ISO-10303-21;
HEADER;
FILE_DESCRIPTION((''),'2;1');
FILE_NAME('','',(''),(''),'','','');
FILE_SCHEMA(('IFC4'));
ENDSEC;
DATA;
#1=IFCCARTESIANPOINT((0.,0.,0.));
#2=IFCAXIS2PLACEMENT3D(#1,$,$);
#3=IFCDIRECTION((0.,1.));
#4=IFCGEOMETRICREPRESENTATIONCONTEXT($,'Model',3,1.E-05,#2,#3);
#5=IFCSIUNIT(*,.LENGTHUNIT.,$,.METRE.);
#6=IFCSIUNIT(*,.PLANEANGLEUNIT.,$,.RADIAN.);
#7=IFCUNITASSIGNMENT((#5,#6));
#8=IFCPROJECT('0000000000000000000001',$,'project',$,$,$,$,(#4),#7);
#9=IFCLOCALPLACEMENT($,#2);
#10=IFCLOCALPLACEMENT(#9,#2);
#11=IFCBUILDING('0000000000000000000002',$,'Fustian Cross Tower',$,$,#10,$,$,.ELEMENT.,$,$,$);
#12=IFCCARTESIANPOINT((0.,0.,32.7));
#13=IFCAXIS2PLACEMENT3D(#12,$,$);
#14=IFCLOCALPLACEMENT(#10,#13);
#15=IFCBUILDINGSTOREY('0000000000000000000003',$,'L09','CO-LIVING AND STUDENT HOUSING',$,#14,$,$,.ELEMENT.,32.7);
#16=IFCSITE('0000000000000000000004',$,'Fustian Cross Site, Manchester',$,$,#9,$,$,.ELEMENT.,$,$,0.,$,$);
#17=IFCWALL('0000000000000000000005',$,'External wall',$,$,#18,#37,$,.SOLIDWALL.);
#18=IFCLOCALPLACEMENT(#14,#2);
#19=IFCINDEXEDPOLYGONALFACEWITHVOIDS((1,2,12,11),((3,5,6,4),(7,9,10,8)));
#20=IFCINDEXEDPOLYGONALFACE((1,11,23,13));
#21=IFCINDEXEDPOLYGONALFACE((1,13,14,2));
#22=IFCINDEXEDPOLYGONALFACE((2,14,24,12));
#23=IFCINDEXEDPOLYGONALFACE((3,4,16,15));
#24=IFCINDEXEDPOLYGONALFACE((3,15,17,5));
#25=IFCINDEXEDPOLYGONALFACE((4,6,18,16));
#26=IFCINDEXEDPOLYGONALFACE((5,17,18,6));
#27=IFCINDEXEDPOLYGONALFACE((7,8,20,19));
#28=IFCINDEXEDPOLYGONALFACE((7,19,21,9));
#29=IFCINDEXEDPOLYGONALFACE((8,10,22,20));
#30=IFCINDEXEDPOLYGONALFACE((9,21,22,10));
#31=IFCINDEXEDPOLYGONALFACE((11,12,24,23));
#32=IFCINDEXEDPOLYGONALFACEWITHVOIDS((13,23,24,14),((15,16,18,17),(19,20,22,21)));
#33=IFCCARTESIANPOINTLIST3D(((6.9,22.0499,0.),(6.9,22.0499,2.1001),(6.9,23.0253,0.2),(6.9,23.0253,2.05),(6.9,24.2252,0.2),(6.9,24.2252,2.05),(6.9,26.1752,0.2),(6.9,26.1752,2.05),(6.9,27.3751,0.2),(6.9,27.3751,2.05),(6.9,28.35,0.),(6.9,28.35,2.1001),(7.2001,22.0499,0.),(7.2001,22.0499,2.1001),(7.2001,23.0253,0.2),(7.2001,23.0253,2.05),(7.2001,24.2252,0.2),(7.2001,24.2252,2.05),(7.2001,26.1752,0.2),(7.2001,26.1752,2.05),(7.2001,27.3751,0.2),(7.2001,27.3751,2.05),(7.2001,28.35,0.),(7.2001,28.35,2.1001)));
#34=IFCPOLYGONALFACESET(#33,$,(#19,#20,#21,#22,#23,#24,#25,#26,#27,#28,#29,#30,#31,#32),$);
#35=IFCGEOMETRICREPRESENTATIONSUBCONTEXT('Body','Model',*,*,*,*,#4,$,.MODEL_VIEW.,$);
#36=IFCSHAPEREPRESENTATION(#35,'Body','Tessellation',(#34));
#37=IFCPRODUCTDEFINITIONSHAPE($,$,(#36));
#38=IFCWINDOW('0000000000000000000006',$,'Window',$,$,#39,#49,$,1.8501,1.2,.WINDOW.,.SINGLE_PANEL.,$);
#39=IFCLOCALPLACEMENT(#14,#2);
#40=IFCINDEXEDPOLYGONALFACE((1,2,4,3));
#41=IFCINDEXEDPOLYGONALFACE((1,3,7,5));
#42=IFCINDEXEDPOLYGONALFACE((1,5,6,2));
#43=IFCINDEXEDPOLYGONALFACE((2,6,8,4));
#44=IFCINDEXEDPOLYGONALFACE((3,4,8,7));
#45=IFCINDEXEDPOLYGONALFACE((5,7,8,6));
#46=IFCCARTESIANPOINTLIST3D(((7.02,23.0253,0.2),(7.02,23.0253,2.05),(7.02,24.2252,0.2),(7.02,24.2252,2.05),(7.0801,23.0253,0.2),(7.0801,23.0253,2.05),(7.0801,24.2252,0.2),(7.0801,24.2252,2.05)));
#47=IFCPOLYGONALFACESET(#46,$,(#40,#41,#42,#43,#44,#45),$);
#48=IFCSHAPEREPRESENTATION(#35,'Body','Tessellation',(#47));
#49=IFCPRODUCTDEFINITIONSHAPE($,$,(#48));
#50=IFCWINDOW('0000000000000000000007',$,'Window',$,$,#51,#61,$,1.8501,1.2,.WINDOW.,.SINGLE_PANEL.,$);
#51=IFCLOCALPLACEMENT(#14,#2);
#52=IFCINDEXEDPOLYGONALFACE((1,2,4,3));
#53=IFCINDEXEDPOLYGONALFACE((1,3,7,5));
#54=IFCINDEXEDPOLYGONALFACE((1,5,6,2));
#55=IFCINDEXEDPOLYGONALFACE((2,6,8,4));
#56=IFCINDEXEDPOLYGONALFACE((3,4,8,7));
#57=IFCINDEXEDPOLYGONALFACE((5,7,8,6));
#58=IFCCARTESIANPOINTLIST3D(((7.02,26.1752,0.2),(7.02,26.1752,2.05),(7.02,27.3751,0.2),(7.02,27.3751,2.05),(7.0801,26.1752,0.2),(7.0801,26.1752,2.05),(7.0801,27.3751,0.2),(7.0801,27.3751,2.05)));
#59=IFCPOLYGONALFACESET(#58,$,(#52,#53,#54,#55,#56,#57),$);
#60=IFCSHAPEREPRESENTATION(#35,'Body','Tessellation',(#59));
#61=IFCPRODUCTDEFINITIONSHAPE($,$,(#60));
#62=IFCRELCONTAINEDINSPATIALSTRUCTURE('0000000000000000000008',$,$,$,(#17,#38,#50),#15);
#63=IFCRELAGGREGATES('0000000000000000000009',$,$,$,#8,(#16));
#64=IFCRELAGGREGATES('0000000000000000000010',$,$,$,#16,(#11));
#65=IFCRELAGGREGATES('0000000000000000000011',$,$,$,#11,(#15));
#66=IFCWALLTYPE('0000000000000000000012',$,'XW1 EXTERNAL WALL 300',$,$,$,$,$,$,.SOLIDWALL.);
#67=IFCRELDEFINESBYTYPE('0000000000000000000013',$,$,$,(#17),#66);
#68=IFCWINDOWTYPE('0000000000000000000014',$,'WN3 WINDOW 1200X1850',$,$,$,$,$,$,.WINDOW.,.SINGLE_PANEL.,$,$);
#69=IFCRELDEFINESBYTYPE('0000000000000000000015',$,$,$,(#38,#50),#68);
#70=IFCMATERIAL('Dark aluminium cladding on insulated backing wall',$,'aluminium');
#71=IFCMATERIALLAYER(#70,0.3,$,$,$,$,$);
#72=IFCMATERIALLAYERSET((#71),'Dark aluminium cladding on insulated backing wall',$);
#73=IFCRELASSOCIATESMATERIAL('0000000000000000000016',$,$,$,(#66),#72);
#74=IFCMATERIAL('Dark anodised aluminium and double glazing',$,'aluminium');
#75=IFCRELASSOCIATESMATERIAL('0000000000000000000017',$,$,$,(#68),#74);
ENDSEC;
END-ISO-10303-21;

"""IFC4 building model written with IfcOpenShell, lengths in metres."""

from ifc_helpers import new_model, si_unit, direction, frame, frame_2d, origin, place, context, subcontext, project, spatial, rectangle, extrude, material, layer, layer_set, type_object, element, fill, save


model = new_model("IFC4")

# Units and contexts
model_context = context("Model", 3, precision=1e-05, world=origin(), true_north=direction((0.0, 1.0)))
body_context = subcontext(model_context, "Body", "Model", "MODEL_VIEW")
ifc_project = project(units=[si_unit("LENGTHUNIT", "METRE"), si_unit("PLANEANGLEUNIT", "RADIAN")], contexts=[model_context])

# Site, building, storey
site_placement = place(None, origin())
site = spatial("IfcSite", under=ifc_project, at=site_placement, Name="Fustian Cross Site, Manchester", CompositionType="ELEMENT", RefElevation=0.0)
building_placement = place(site_placement, origin())
building = spatial("IfcBuilding", under=site, at=building_placement, Name="Fustian Cross Tower", CompositionType="ELEMENT")
storey_placement = place(building_placement, frame((0.0, 0.0, 32.7)))
storey = spatial("IfcBuildingStorey", under=building, at=storey_placement, Name="L09", Description="CO-LIVING AND STUDENT HOUSING", CompositionType="ELEMENT", Elevation=32.7)

# Shared definitions
ifc_material_1 = material(Name="Dark aluminium cladding on insulated backing wall", Category="aluminium")
ifc_layer_1 = layer(ifc_material_1, 0.3)
ifc_layer_set_1 = layer_set([ifc_layer_1], Name="Dark aluminium cladding on insulated backing wall")
wall_type_1 = type_object("IfcWallType", Name="XW1 EXTERNAL WALL 300", PredefinedType="SOLIDWALL", material=ifc_layer_set_1)
ifc_material_2 = material(Name="Dark anodised aluminium and double glazing", Category="aluminium")
window_type = type_object("IfcWindowType", Name="WN3 WINDOW 1200X1850", PartitioningType="SINGLE_PANEL", PredefinedType="WINDOW", material=ifc_material_2)

# Wall, openings, windows
wall_1_placement = place(storey_placement, frame((7.05, 22.05, 0.0), z_axis=(0.0, 0.0, 1.0), x_axis=(0.0, 1.0, 0.0)))
wall_1 = element("IfcWall", 1, at=wall_1_placement, inside=storey, type_object=wall_type_1, Name="External wall", PredefinedType="SOLIDWALL", context=body_context, shape_type="SweptSolid", body=[
    extrude(rectangle(XDim=6.3, YDim=0.3, at=frame_2d((3.1499, 0.0))), origin(), (0.0, 0.0, 1.0), 2.1001),
])
opening_1_placement = place(wall_1_placement, frame((0.9751, 0.0, 0.2)))
opening_1 = element("IfcOpeningElement", 2, at=opening_1_placement, cuts=wall_1, PredefinedType="OPENING", context=body_context, shape_type="SweptSolid", body=[
    extrude(rectangle(XDim=1.2, YDim=1.8501, at=frame_2d((0.6001, 0.925))), frame((0.0, 0.1599, 0.0), z_axis=(0.0, -1.0, 0.0), x_axis=(1.0, 0.0, 0.0)), (0.0, 0.0, 1.0), 0.3201),
])
opening_2_placement = place(wall_1_placement, frame((4.125, 0.0, 0.2)))
opening_2 = element("IfcOpeningElement", 3, at=opening_2_placement, cuts=wall_1, PredefinedType="OPENING", context=body_context, shape_type="SweptSolid", body=[
    extrude(rectangle(XDim=1.2, YDim=1.8501, at=frame_2d((0.6001, 0.925))), frame((0.0, 0.1599, 0.0), z_axis=(0.0, -1.0, 0.0), x_axis=(1.0, 0.0, 0.0)), (0.0, 0.0, 1.0), 0.3201),
])
window_1_placement = place(opening_1_placement, origin())
window_1 = element("IfcWindow", 4, at=window_1_placement, inside=storey, type_object=window_type, Name="Window", OverallHeight=1.8501, OverallWidth=1.2, PartitioningType="SINGLE_PANEL", PredefinedType="WINDOW", context=body_context, shape_type="SweptSolid", body=[
    extrude(rectangle(XDim=1.2, YDim=1.8501, at=frame_2d((0.6001, 0.925))), frame((0.0, 0.03, 0.0), z_axis=(0.0, -1.0, 0.0), x_axis=(1.0, 0.0, 0.0)), (0.0, 0.0, 1.0), 0.0601),
])
fill(opening_1, window_1)
window_2_placement = place(opening_2_placement, origin())
window_2 = element("IfcWindow", 5, at=window_2_placement, inside=storey, type_object=window_type, Name="Window", OverallHeight=1.8501, OverallWidth=1.2, PartitioningType="SINGLE_PANEL", PredefinedType="WINDOW", context=body_context, shape_type="SweptSolid", body=[
    extrude(rectangle(XDim=1.2, YDim=1.8501, at=frame_2d((0.6001, 0.925))), frame((0.0, 0.03, 0.0), z_axis=(0.0, -1.0, 0.0), x_axis=(1.0, 0.0, 0.0)), (0.0, 0.0, 1.0), 0.0601),
])
fill(opening_2, window_2)

save(model, "model.ifc")
